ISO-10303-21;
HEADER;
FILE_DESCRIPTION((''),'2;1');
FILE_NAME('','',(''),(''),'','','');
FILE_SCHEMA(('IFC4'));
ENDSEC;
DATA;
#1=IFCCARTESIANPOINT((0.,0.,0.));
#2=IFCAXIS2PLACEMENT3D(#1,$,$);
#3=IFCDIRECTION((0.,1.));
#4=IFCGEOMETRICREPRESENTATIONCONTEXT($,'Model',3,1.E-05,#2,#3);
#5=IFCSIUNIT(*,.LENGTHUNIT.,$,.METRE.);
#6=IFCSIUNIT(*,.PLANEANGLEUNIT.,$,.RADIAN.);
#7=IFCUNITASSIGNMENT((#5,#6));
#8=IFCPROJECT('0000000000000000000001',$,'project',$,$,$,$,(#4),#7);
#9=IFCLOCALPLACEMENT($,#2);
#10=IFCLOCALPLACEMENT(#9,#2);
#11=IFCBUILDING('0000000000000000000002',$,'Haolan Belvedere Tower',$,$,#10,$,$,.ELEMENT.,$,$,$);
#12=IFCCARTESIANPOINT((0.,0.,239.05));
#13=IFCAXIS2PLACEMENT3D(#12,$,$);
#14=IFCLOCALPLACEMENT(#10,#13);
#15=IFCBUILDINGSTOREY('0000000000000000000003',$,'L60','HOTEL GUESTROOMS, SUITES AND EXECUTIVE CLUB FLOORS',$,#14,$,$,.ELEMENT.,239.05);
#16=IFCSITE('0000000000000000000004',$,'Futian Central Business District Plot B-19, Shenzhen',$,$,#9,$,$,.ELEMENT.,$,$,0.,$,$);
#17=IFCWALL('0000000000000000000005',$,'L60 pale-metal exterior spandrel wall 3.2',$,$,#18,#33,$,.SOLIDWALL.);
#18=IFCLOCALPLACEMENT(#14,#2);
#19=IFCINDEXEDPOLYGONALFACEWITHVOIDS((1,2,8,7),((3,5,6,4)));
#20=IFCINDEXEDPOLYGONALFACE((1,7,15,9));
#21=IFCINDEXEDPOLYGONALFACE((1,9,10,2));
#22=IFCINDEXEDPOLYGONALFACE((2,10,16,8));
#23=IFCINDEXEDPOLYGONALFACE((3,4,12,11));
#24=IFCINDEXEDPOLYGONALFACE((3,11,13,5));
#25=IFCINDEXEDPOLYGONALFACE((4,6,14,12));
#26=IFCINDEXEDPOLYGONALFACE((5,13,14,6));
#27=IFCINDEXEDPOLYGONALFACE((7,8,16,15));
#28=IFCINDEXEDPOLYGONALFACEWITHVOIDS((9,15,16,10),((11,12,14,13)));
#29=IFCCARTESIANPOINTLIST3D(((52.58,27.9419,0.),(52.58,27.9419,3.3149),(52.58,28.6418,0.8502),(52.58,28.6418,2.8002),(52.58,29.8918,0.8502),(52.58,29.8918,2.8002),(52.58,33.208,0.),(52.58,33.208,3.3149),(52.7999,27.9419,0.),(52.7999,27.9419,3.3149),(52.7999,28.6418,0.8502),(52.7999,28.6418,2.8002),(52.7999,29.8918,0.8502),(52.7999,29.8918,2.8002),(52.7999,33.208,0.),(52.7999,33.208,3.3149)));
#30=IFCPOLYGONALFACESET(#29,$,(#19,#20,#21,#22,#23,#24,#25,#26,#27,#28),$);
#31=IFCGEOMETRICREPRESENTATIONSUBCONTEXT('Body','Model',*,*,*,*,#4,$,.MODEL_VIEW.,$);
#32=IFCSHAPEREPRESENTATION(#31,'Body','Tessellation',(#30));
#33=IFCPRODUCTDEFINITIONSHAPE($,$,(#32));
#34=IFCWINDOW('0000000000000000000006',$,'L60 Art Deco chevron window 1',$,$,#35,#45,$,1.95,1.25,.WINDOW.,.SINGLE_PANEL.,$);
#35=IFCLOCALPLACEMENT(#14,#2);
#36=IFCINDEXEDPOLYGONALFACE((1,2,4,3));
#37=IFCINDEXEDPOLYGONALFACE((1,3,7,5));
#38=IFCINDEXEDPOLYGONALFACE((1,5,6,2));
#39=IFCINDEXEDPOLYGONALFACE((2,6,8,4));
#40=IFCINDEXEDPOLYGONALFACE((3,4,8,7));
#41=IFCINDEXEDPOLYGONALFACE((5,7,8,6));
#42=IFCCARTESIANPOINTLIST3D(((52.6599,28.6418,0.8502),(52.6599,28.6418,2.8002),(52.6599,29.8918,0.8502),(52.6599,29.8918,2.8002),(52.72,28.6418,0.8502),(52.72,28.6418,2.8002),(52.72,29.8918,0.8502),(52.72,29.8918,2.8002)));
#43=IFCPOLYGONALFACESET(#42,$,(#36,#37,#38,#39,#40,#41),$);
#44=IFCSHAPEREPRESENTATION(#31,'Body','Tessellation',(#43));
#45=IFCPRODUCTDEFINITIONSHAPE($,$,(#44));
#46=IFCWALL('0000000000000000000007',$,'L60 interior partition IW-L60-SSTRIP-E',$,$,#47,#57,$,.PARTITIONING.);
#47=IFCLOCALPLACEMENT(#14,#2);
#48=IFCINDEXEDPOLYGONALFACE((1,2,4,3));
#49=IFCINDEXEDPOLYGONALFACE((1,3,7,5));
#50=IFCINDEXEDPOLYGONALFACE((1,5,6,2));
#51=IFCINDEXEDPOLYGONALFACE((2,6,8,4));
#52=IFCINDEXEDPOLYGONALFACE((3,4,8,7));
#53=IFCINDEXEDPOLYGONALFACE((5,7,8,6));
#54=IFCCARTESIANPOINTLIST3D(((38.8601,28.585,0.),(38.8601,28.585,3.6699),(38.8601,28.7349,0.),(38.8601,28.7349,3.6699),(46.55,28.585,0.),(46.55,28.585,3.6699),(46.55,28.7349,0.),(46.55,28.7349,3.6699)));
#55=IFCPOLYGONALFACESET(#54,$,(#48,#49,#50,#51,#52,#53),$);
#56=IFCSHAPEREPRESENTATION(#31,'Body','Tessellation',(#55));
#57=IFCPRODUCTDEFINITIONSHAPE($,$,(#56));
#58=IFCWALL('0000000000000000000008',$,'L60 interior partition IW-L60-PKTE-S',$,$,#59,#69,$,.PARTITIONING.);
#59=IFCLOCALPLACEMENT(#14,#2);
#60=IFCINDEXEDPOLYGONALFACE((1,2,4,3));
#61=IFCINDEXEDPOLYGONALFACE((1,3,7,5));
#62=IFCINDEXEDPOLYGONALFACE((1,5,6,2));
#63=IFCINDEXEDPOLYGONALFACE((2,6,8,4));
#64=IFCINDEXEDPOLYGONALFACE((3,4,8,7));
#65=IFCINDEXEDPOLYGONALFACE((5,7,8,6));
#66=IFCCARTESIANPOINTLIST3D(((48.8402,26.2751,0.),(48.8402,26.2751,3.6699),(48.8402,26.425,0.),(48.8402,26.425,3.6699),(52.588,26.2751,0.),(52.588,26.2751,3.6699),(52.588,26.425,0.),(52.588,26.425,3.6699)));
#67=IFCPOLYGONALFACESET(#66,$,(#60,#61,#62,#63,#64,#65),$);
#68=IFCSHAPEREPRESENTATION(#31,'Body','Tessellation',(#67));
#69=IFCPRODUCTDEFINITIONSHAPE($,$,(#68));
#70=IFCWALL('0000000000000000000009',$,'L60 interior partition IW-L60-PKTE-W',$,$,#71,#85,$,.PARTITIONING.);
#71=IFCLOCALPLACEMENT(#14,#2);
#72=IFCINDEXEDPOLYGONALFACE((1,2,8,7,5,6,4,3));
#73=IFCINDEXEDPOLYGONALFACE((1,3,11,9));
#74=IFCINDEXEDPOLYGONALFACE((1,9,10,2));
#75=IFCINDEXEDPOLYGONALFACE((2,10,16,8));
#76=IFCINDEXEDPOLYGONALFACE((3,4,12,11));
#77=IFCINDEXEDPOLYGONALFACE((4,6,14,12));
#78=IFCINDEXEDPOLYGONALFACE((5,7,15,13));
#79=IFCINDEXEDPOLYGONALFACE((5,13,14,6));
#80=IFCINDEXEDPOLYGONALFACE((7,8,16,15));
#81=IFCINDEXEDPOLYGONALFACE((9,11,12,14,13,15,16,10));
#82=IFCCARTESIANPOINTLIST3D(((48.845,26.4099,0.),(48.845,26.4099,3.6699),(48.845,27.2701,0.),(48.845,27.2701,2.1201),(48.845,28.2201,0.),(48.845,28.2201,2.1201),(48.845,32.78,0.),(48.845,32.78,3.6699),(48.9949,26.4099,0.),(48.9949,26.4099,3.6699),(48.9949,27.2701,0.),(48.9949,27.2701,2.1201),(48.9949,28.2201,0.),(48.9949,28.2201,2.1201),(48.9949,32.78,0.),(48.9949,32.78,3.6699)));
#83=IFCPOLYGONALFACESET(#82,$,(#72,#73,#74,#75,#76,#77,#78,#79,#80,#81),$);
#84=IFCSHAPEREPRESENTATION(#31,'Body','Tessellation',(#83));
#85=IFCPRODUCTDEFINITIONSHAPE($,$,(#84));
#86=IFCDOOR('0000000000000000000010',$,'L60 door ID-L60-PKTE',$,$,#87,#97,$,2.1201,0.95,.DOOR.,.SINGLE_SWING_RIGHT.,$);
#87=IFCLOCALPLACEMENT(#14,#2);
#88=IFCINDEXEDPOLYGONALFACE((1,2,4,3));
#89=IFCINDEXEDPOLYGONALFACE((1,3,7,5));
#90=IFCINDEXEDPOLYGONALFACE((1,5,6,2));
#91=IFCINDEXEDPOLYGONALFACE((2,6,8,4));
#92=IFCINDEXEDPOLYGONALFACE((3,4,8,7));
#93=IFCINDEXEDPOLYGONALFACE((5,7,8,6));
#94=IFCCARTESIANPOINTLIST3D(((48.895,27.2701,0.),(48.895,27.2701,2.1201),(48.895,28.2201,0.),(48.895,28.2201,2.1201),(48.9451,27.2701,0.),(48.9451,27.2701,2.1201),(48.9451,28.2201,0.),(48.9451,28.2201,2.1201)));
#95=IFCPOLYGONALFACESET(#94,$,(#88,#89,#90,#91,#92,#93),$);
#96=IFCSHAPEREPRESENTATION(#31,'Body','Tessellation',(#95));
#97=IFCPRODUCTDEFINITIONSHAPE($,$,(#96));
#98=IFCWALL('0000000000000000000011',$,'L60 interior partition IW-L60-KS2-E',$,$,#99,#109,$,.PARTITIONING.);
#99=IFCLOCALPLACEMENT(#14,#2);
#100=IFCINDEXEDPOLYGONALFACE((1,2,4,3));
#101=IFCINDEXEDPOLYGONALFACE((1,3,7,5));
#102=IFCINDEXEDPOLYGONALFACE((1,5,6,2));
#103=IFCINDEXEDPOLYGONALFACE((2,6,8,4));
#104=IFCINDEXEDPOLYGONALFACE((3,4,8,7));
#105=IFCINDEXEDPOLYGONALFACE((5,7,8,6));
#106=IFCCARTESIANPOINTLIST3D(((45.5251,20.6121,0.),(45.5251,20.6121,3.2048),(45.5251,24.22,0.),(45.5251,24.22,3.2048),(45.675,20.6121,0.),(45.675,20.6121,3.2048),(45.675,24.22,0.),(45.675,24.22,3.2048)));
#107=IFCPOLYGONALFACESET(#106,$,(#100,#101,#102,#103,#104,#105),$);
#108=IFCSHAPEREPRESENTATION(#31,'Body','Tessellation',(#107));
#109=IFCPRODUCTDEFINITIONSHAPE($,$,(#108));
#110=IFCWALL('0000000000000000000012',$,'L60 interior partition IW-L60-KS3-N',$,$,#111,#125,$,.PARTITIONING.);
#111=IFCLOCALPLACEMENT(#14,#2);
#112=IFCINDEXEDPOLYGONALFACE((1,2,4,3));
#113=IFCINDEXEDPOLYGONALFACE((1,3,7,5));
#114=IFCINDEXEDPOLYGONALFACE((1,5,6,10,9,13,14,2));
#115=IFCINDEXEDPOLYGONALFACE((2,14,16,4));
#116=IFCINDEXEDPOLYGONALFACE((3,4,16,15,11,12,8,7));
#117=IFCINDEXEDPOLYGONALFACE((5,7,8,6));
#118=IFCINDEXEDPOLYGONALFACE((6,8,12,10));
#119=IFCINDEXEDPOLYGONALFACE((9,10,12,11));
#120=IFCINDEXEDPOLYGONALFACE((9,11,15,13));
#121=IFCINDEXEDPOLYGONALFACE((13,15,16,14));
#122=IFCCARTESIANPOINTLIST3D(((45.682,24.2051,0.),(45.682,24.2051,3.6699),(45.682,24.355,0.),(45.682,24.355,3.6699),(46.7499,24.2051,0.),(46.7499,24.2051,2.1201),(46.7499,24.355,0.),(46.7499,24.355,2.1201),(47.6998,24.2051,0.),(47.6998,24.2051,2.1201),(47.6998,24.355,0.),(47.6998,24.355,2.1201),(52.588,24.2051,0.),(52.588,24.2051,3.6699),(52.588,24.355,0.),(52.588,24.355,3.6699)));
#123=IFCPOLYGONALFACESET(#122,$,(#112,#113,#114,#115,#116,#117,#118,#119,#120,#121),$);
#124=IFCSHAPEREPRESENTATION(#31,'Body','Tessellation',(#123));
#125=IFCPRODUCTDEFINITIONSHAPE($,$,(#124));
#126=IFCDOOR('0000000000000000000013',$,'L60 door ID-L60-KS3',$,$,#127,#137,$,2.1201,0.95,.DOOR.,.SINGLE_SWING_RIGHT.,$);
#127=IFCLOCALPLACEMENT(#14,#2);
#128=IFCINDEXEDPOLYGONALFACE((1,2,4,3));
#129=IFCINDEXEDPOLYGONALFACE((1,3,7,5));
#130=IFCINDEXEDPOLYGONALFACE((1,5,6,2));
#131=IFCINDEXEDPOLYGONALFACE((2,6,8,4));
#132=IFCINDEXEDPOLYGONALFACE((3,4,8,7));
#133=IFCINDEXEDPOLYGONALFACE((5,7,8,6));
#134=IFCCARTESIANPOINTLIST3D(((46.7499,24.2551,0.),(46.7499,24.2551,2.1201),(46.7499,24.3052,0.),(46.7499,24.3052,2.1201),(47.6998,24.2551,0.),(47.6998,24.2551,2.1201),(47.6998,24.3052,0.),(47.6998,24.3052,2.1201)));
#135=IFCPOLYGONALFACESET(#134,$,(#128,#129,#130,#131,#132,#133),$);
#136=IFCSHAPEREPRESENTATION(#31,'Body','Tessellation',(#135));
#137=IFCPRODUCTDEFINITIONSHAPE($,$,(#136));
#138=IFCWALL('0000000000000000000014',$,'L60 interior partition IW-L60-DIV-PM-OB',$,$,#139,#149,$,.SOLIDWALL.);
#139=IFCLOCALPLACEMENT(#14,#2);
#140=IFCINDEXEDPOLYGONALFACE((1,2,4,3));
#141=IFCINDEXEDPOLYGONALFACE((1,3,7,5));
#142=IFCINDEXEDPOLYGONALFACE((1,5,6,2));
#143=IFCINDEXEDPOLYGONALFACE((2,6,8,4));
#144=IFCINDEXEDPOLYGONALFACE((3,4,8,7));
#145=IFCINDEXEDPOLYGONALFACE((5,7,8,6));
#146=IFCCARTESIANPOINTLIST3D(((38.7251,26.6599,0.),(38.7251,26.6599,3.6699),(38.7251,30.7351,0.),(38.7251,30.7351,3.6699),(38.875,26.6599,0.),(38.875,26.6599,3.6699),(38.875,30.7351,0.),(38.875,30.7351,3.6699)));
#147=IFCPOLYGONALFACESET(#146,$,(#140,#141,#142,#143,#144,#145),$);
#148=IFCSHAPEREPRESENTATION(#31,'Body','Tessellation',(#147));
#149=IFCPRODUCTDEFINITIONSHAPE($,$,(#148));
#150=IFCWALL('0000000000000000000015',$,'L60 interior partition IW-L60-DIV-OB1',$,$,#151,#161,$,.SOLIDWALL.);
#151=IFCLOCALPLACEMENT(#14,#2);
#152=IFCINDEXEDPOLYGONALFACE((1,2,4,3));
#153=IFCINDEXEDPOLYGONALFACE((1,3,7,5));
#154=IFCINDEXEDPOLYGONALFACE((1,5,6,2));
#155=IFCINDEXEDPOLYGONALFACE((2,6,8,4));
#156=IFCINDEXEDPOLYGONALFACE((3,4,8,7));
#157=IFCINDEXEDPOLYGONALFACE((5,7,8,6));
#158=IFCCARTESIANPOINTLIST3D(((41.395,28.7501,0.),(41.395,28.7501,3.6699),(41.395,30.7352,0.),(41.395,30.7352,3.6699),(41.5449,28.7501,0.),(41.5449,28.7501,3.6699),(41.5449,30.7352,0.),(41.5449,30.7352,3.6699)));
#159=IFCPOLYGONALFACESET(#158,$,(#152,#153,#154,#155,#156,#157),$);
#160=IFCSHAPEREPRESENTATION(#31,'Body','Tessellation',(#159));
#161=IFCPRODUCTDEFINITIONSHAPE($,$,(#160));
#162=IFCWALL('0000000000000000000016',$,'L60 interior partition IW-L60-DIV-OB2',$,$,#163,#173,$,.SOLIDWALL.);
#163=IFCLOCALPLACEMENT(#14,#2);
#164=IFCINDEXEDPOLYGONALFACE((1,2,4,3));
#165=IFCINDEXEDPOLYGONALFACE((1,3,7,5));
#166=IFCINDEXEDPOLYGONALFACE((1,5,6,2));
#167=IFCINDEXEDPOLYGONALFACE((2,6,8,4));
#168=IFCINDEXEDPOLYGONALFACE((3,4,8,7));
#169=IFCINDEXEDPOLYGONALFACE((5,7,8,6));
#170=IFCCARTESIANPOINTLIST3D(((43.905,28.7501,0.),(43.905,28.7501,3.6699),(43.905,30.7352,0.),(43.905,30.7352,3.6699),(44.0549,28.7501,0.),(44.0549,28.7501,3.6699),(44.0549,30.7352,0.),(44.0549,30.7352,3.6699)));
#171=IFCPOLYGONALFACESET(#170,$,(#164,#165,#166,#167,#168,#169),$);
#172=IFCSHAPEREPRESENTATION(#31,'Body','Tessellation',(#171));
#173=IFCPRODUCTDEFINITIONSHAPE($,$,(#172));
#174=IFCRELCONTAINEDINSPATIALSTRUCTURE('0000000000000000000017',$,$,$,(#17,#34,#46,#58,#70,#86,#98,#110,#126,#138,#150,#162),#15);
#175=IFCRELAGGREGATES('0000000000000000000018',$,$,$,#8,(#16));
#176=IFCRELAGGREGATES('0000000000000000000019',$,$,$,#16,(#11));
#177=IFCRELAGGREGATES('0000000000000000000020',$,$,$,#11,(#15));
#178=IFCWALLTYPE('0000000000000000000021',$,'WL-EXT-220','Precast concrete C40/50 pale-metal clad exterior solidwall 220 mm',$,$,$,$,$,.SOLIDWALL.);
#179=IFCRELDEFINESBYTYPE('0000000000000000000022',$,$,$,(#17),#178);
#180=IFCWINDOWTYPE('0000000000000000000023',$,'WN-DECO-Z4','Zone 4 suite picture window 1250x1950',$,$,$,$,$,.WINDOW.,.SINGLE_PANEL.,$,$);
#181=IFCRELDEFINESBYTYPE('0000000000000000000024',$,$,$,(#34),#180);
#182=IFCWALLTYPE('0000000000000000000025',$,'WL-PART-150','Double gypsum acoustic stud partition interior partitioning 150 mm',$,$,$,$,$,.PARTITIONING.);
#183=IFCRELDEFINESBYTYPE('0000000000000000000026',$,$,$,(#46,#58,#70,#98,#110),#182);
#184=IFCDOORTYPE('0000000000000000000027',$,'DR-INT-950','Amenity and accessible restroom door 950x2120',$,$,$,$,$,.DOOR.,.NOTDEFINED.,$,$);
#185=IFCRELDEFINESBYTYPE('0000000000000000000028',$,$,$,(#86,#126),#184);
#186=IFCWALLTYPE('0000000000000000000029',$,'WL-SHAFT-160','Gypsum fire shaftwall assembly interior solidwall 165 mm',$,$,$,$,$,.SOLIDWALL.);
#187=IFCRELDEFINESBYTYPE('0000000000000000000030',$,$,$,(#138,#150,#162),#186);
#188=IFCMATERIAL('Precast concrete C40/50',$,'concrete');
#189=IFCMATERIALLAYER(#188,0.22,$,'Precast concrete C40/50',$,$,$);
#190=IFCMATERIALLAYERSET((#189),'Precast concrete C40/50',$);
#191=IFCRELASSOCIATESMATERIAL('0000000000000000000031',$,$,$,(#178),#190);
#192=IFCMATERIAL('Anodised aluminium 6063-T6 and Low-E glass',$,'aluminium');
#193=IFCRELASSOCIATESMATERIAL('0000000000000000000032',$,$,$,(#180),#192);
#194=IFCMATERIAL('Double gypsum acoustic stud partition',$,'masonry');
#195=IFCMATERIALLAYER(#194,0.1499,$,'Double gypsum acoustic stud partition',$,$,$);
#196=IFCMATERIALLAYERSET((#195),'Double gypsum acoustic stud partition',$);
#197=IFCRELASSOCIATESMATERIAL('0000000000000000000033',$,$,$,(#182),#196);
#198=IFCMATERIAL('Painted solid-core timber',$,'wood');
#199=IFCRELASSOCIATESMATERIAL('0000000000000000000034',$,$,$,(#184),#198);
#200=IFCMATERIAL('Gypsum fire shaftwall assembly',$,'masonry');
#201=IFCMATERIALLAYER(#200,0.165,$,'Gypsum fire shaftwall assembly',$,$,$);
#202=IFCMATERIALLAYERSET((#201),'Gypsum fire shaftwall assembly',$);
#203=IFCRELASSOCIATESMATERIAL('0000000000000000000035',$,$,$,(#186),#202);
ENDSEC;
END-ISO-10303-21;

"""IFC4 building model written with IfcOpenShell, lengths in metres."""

from ifc_helpers import new_model, si_unit, direction, frame, frame_2d, origin, place, context, subcontext, project, spatial, rectangle, extrude, material, layer, layer_set, type_object, element, fill, save


model = new_model("IFC4")

# Units and contexts
model_context = context("Model", 3, precision=1e-05, world=origin(), true_north=direction((0.0, 1.0)))
body_context = subcontext(model_context, "Body", "Model", "MODEL_VIEW")
ifc_project = project(units=[si_unit("LENGTHUNIT", "METRE"), si_unit("PLANEANGLEUNIT", "RADIAN")], contexts=[model_context])

# Site, building, storey
site_placement = place(None, origin())
site = spatial("IfcSite", under=ifc_project, at=site_placement, Name="Futian Central Business District Plot B-19, Shenzhen", CompositionType="ELEMENT", RefElevation=0.0)
building_placement = place(site_placement, origin())
building = spatial("IfcBuilding", under=site, at=building_placement, Name="Haolan Belvedere Tower", CompositionType="ELEMENT")
storey_placement = place(building_placement, frame((0.0, 0.0, 239.05)))
storey = spatial("IfcBuildingStorey", under=building, at=storey_placement, Name="L60", Description="HOTEL GUESTROOMS, SUITES AND EXECUTIVE CLUB FLOORS", CompositionType="ELEMENT", Elevation=239.05)

# Wall, opening, window
ifc_material_1 = material(Name="Precast concrete C40/50", Category="concrete")
ifc_layer_1 = layer(ifc_material_1, 0.22, Name="Precast concrete C40/50")
ifc_layer_set_1 = layer_set([ifc_layer_1], Name="Precast concrete C40/50")
wall_type_1 = type_object("IfcWallType", Name="WL-EXT-220", Description="Precast concrete C40/50 pale-metal clad exterior solidwall 220 mm", PredefinedType="SOLIDWALL", material=ifc_layer_set_1)
ifc_material_2 = material(Name="Anodised aluminium 6063-T6 and Low-E glass", Category="aluminium")
window_type = type_object("IfcWindowType", Name="WN-DECO-Z4", Description="Zone 4 suite picture window 1250x1950", PartitioningType="SINGLE_PANEL", PredefinedType="WINDOW", material=ifc_material_2)
wall_1_placement = place(storey_placement, frame((52.6899, 27.9419, 0.0), z_axis=(0.0, 0.0, 1.0), x_axis=(0.0, 1.0, 0.0)))
wall_1 = element("IfcWall", 1, at=wall_1_placement, inside=storey, type_object=wall_type_1, Name="L60 pale-metal exterior spandrel wall 3.2", PredefinedType="SOLIDWALL", context=body_context, shape_type="SweptSolid", body=[
    extrude(rectangle(XDim=5.2661, YDim=0.22, at=frame_2d((2.6331, 0.0))), origin(), (0.0, 0.0, 1.0), 3.3149),
])
opening_1_placement = place(wall_1_placement, frame((0.7, 0.0, 0.8501)))
opening_1 = element("IfcOpeningElement", 2, at=opening_1_placement, cuts=wall_1, PredefinedType="OPENING", context=body_context, shape_type="SweptSolid", body=[
    extrude(rectangle(XDim=1.25, YDim=1.95, at=frame_2d((0.625, 0.9751))), frame((0.0, 0.1199, 0.0), z_axis=(0.0, -1.0, 0.0), x_axis=(1.0, 0.0, 0.0)), (0.0, 0.0, 1.0), 0.24),
])
window_1_placement = place(opening_1_placement, origin())
window_1 = element("IfcWindow", 3, at=window_1_placement, inside=storey, type_object=window_type, Name="L60 Art Deco chevron window 1", OverallHeight=1.95, OverallWidth=1.25, PartitioningType="SINGLE_PANEL", PredefinedType="WINDOW", context=body_context, shape_type="SweptSolid", body=[
    extrude(rectangle(XDim=1.25, YDim=1.95, at=frame_2d((0.625, 0.9751))), frame((0.0, 0.03, 0.0), z_axis=(0.0, -1.0, 0.0), x_axis=(1.0, 0.0, 0.0)), (0.0, 0.0, 1.0), 0.0601),
])
fill(opening_1, window_1)

# Walls
ifc_material_3 = material(Name="Double gypsum acoustic stud partition", Category="masonry")
ifc_layer_2 = layer(ifc_material_3, 0.1499, Name="Double gypsum acoustic stud partition")
ifc_layer_set_2 = layer_set([ifc_layer_2], Name="Double gypsum acoustic stud partition")
wall_type_2 = type_object("IfcWallType", Name="WL-PART-150", Description="Double gypsum acoustic stud partition interior partitioning 150 mm", PredefinedType="PARTITIONING", material=ifc_layer_set_2)
wall_2_placement = place(storey_placement, frame((38.8601, 28.6599, 0.0), z_axis=(0.0, 0.0, 1.0), x_axis=(1.0, 0.0, 0.0)))
element("IfcWall", 4, at=wall_2_placement, inside=storey, type_object=wall_type_2, Name="L60 interior partition IW-L60-SSTRIP-E", PredefinedType="PARTITIONING", context=body_context, shape_type="SweptSolid", body=[
    extrude(rectangle(XDim=7.6899, YDim=0.1499, at=frame_2d((3.845, 0.0))), origin(), (0.0, 0.0, 1.0), 3.6699),
])
wall_3_placement = place(storey_placement, frame((48.8401, 26.3501, 0.0), z_axis=(0.0, 0.0, 1.0), x_axis=(1.0, 0.0, 0.0)))
element("IfcWall", 5, at=wall_3_placement, inside=storey, type_object=wall_type_2, Name="L60 interior partition IW-L60-PKTE-S", PredefinedType="PARTITIONING", context=body_context, shape_type="SweptSolid", body=[
    extrude(rectangle(XDim=3.7478, YDim=0.1499, at=frame_2d((1.874, 0.0))), origin(), (0.0, 0.0, 1.0), 3.6699),
])

# Wall, opening, door
wall_4_placement = place(storey_placement, frame((48.9199, 26.4099, 0.0), z_axis=(0.0, 0.0, 1.0), x_axis=(0.0, 1.0, 0.0)))
wall_4 = element("IfcWall", 6, at=wall_4_placement, inside=storey, type_object=wall_type_2, Name="L60 interior partition IW-L60-PKTE-W", PredefinedType="PARTITIONING", context=body_context, shape_type="SweptSolid", body=[
    extrude(rectangle(XDim=6.3701, YDim=0.1499, at=frame_2d((3.1851, 0.0))), origin(), (0.0, 0.0, 1.0), 3.6699),
])
opening_2_placement = place(wall_4_placement, frame((0.8601, 0.0, 0.0)))
opening_2 = element("IfcOpeningElement", 7, at=opening_2_placement, cuts=wall_4, PredefinedType="OPENING", context=body_context, shape_type="SweptSolid", body=[
    extrude(rectangle(XDim=0.95, YDim=2.1201, at=frame_2d((0.4751, 1.0601))), frame((0.0, 0.085, 0.0), z_axis=(0.0, -1.0, 0.0), x_axis=(1.0, 0.0, 0.0)), (0.0, 0.0, 1.0), 0.1699),
])
ifc_material_4 = material(Name="Painted solid-core timber", Category="wood")
door_type = type_object("IfcDoorType", Name="DR-INT-950", Description="Amenity and accessible restroom door 950x2120", OperationType="NOTDEFINED", PredefinedType="DOOR", material=ifc_material_4)
door_1_placement = place(opening_2_placement, origin())
door_1 = element("IfcDoor", 8, at=door_1_placement, inside=storey, type_object=door_type, Name="L60 door ID-L60-PKTE", OperationType="SINGLE_SWING_RIGHT", OverallHeight=2.1201, OverallWidth=0.95, PredefinedType="DOOR", context=body_context, shape_type="SweptSolid", body=[
    extrude(rectangle(XDim=0.95, YDim=2.1201, at=frame_2d((0.4751, 1.0601))), frame((0.0, 0.0249, 0.0), z_axis=(0.0, -1.0, 0.0), x_axis=(1.0, 0.0, 0.0)), (0.0, 0.0, 1.0), 0.05),
])
fill(opening_2, door_1)

# Wall
wall_5_placement = place(storey_placement, frame((45.6001, 20.6121, 0.0), z_axis=(0.0, 0.0, 1.0), x_axis=(0.0, 1.0, 0.0)))
element("IfcWall", 9, at=wall_5_placement, inside=storey, type_object=wall_type_2, Name="L60 interior partition IW-L60-KS2-E", PredefinedType="PARTITIONING", context=body_context, shape_type="SweptSolid", body=[
    extrude(rectangle(XDim=3.6079, YDim=0.1499, at=frame_2d((1.804, 0.0))), origin(), (0.0, 0.0, 1.0), 3.2048),
])

# Wall, opening, door
wall_6_placement = place(storey_placement, frame((45.6819, 24.28, 0.0), z_axis=(0.0, 0.0, 1.0), x_axis=(1.0, 0.0, 0.0)))
wall_6 = element("IfcWall", 10, at=wall_6_placement, inside=storey, type_object=wall_type_2, Name="L60 interior partition IW-L60-KS3-N", PredefinedType="PARTITIONING", context=body_context, shape_type="SweptSolid", body=[
    extrude(rectangle(XDim=6.906, YDim=0.1499, at=frame_2d((3.4531, 0.0))), origin(), (0.0, 0.0, 1.0), 3.6699),
])
opening_3_placement = place(wall_6_placement, frame((2.0181, 0.0, 0.0), z_axis=(0.0, 0.0, 1.0), x_axis=(-1.0, 0.0, 0.0)))
opening_3 = element("IfcOpeningElement", 11, at=opening_3_placement, cuts=wall_6, PredefinedType="OPENING", context=body_context, shape_type="SweptSolid", body=[
    extrude(rectangle(XDim=0.95, YDim=2.1201, at=frame_2d((0.4751, 1.0601))), frame((0.0, 0.085, 0.0), z_axis=(0.0, -1.0, 0.0), x_axis=(1.0, 0.0, 0.0)), (0.0, 0.0, 1.0), 0.1699),
])
door_2_placement = place(opening_3_placement, origin())
door_2 = element("IfcDoor", 12, at=door_2_placement, inside=storey, type_object=door_type, Name="L60 door ID-L60-KS3", OperationType="SINGLE_SWING_RIGHT", OverallHeight=2.1201, OverallWidth=0.95, PredefinedType="DOOR", context=body_context, shape_type="SweptSolid", body=[
    extrude(rectangle(XDim=0.95, YDim=2.1201, at=frame_2d((0.4751, 1.0601))), frame((0.0, 0.0249, 0.0), z_axis=(0.0, -1.0, 0.0), x_axis=(1.0, 0.0, 0.0)), (0.0, 0.0, 1.0), 0.05),
])
fill(opening_3, door_2)

# Walls
ifc_material_5 = material(Name="Gypsum fire shaftwall assembly", Category="masonry")
ifc_layer_3 = layer(ifc_material_5, 0.165, Name="Gypsum fire shaftwall assembly")
ifc_layer_set_3 = layer_set([ifc_layer_3], Name="Gypsum fire shaftwall assembly")
wall_type_3 = type_object("IfcWallType", Name="WL-SHAFT-160", Description="Gypsum fire shaftwall assembly interior solidwall 165 mm", PredefinedType="SOLIDWALL", material=ifc_layer_set_3)
wall_7_placement = place(storey_placement, frame((38.8, 26.6599, 0.0), z_axis=(0.0, 0.0, 1.0), x_axis=(0.0, 1.0, 0.0)))
element("IfcWall", 13, at=wall_7_placement, inside=storey, type_object=wall_type_3, Name="L60 interior partition IW-L60-DIV-PM-OB", PredefinedType="SOLIDWALL", context=body_context, shape_type="SweptSolid", body=[
    extrude(rectangle(XDim=4.0752, YDim=0.1499, at=frame_2d((2.0376, 0.0))), origin(), (0.0, 0.0, 1.0), 3.6699),
])
for number, where, z_axis, x_axis, name in (
    (14, (41.47, 28.75, 0.0), (0.0, 0.0, 1.0), (0.0, 1.0, 0.0), "L60 interior partition IW-L60-DIV-OB1"),
    (15, (43.98, 28.75, 0.0), (0.0, 0.0, 1.0), (0.0, 1.0, 0.0), "L60 interior partition IW-L60-DIV-OB2"),
):
    element("IfcWall", number, at=place(storey_placement, frame(where, z_axis=z_axis, x_axis=x_axis)), inside=storey, type_object=wall_type_3, Name=name, PredefinedType="SOLIDWALL", context=body_context, shape_type="SweptSolid", body=[
        extrude(rectangle(XDim=1.9851, YDim=0.1499, at=frame_2d((0.9927, 0.0))), origin(), (0.0, 0.0, 1.0), 3.6699),
    ])

save(model, "model.ifc")
